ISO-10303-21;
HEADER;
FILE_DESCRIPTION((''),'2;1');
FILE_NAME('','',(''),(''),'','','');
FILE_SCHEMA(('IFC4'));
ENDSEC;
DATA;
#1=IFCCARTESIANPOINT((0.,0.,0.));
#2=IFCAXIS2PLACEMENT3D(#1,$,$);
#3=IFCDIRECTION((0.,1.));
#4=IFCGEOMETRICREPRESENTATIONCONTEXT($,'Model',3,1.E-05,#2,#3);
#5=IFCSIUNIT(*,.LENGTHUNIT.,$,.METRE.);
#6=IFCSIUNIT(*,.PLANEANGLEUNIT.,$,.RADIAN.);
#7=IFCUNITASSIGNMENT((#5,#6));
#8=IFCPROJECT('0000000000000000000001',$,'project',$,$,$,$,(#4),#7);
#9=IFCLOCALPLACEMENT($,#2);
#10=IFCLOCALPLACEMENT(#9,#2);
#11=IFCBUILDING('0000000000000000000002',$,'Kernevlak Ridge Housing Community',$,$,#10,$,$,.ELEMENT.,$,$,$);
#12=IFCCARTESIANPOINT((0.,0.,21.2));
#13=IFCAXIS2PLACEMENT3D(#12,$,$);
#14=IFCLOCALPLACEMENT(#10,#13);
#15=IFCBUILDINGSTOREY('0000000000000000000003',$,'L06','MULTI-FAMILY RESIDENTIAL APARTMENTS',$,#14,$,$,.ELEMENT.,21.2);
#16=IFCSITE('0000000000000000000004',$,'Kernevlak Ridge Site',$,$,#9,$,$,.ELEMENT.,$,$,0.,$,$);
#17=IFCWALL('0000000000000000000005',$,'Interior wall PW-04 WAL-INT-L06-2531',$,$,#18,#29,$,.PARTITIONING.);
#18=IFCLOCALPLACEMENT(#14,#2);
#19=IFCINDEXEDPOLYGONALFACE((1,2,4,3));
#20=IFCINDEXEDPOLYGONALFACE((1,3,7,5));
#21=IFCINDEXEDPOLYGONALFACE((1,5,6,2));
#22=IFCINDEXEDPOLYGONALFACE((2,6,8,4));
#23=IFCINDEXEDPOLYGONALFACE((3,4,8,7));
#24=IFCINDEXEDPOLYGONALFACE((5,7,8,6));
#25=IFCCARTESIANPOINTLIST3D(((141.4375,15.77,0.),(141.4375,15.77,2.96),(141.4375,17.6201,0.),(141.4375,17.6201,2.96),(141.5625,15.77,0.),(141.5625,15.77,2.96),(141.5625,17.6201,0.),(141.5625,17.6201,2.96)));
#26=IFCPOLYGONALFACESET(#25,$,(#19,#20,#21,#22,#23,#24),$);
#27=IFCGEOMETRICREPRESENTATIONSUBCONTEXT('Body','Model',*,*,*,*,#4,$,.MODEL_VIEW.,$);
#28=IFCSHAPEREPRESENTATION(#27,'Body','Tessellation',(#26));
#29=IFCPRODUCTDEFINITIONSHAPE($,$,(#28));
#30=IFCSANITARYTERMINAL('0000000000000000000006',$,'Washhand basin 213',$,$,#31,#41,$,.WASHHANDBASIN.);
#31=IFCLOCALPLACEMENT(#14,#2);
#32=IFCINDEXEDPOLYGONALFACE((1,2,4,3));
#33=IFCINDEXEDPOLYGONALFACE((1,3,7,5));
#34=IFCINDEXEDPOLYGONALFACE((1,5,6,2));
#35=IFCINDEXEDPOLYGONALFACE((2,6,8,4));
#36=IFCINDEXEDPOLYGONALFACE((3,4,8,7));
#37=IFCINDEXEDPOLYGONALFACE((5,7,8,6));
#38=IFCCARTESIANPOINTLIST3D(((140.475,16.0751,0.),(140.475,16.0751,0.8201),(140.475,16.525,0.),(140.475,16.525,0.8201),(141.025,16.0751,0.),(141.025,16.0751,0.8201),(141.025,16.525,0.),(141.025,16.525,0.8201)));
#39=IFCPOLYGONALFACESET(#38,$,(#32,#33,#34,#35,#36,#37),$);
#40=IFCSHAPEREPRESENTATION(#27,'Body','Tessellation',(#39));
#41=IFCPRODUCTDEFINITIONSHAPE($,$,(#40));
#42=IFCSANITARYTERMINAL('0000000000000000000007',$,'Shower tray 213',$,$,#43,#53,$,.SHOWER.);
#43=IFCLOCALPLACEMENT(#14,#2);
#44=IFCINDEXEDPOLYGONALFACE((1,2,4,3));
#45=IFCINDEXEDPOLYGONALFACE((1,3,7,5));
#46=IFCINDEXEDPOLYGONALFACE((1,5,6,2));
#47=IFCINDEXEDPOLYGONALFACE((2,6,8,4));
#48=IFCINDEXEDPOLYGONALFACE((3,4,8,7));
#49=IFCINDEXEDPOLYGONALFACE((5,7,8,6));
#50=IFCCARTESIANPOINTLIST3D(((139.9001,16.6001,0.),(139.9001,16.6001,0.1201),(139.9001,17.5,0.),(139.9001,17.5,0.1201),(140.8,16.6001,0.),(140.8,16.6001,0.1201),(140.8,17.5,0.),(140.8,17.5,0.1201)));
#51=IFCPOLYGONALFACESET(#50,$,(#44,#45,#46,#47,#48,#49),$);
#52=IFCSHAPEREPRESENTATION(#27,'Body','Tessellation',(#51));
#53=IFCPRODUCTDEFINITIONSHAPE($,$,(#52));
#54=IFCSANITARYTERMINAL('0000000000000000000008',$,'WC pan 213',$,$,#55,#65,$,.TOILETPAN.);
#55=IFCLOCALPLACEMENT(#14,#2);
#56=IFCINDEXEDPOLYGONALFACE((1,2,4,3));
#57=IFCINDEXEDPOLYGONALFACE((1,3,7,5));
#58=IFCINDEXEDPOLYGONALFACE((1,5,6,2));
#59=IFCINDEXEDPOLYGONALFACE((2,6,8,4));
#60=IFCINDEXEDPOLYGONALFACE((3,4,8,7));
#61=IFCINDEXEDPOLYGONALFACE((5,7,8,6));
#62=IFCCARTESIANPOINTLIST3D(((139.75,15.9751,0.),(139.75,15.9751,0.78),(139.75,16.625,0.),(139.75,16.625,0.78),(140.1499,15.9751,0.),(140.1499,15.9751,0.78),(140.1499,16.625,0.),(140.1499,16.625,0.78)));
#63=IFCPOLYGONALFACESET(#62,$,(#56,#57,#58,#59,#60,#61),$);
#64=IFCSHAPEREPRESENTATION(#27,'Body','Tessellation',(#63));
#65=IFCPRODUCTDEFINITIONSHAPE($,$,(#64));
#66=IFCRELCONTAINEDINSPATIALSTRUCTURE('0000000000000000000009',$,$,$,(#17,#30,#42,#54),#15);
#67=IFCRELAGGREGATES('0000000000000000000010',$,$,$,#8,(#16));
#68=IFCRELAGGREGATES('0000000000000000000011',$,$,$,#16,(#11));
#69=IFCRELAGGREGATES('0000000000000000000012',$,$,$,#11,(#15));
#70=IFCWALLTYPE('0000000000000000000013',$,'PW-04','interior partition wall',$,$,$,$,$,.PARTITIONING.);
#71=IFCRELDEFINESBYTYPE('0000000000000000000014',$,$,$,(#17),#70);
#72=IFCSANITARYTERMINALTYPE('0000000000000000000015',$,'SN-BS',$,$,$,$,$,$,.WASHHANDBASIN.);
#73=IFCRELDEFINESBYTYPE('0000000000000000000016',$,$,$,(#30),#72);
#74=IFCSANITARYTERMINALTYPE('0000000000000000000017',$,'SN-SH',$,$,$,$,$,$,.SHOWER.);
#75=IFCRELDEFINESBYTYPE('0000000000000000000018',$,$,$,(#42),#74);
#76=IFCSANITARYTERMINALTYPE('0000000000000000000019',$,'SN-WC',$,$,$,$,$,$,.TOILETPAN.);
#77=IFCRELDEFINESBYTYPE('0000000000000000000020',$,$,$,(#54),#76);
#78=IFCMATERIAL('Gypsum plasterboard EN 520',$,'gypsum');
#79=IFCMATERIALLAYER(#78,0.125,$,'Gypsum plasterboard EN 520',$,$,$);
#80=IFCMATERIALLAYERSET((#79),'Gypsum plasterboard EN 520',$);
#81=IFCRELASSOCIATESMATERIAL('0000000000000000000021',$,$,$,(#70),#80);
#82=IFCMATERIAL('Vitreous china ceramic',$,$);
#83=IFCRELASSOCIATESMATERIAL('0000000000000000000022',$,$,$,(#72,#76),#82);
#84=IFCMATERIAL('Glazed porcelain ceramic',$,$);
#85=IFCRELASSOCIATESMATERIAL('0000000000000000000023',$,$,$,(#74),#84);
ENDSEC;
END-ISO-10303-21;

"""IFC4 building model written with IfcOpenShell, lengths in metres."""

from ifc_helpers import new_model, si_unit, direction, frame, frame_2d, origin, origin_2d, place, context, subcontext, project, spatial, rectangle, extrude, material, layer, layer_set, type_object, element, save


model = new_model("IFC4")

# Units and contexts
model_context = context("Model", 3, precision=1e-05, world=origin(), true_north=direction((0.0, 1.0)))
body_context = subcontext(model_context, "Body", "Model", "MODEL_VIEW")
ifc_project = project(units=[si_unit("LENGTHUNIT", "METRE"), si_unit("PLANEANGLEUNIT", "RADIAN")], contexts=[model_context])

# Site, building, storey
site_placement = place(None, origin())
site = spatial("IfcSite", under=ifc_project, at=site_placement, Name="Kernevlak Ridge Site", CompositionType="ELEMENT", RefElevation=0.0)
building_placement = place(site_placement, origin())
building = spatial("IfcBuilding", under=site, at=building_placement, Name="Kernevlak Ridge Housing Community", CompositionType="ELEMENT")
storey_placement = place(building_placement, frame((0.0, 0.0, 21.2)))
storey = spatial("IfcBuildingStorey", under=building, at=storey_placement, Name="L06", Description="MULTI-FAMILY RESIDENTIAL APARTMENTS", CompositionType="ELEMENT", Elevation=21.2)

# Shared definitions
ifc_material_1 = material(Name="Gypsum plasterboard EN 520", Category="gypsum")
ifc_layer_1 = layer(ifc_material_1, 0.125, Name="Gypsum plasterboard EN 520")
ifc_layer_set_1 = layer_set([ifc_layer_1], Name="Gypsum plasterboard EN 520")
wall_type_1 = type_object("IfcWallType", Name="PW-04", Description="interior partition wall", PredefinedType="PARTITIONING", material=ifc_layer_set_1)

# Wall
wall_1_placement = place(storey_placement, frame((141.5, 15.77, 0.0), z_axis=(0.0, 0.0, 1.0), x_axis=(0.0, 1.0, 0.0)))
element("IfcWall", 1, at=wall_1_placement, inside=storey, type_object=wall_type_1, Name="Interior wall PW-04 WAL-INT-L06-2531", PredefinedType="PARTITIONING", context=body_context, shape_type="SweptSolid", body=[
    extrude(rectangle(XDim=1.8501, YDim=0.125, at=frame_2d((0.925, 0.0))), origin(), (0.0, 0.0, 1.0), 2.96),
])

# Sanitary terminals
ifc_material_2 = material(Name="Vitreous china ceramic")
sanitary_terminal_type_1 = type_object("IfcSanitaryTerminalType", Name="SN-BS", PredefinedType="WASHHANDBASIN", material=ifc_material_2)
sanitary_terminal_1_placement = place(storey_placement, frame((140.75, 16.3, 0.0), z_axis=(0.0, 0.0, 1.0), x_axis=(1.0, 0.0, 0.0)))
element("IfcSanitaryTerminal", 2, at=sanitary_terminal_1_placement, inside=storey, type_object=sanitary_terminal_type_1, Name="Washhand basin 213", PredefinedType="WASHHANDBASIN", context=body_context, shape_type="SweptSolid", body=[
    extrude(rectangle(XDim=0.55, YDim=0.45, at=origin_2d()), origin(), (0.0, 0.0, 1.0), 0.8201),
])
ifc_material_3 = material(Name="Glazed porcelain ceramic")
sanitary_terminal_type_2 = type_object("IfcSanitaryTerminalType", Name="SN-SH", PredefinedType="SHOWER", material=ifc_material_3)
sanitary_terminal_2_placement = place(storey_placement, frame((140.3501, 17.05, 0.0), z_axis=(0.0, 0.0, 1.0), x_axis=(1.0, 0.0, 0.0)))
element("IfcSanitaryTerminal", 3, at=sanitary_terminal_2_placement, inside=storey, type_object=sanitary_terminal_type_2, Name="Shower tray 213", PredefinedType="SHOWER", context=body_context, shape_type="SweptSolid", body=[
    extrude(rectangle(XDim=0.8999, YDim=0.8999, at=origin_2d()), origin(), (0.0, 0.0, 1.0), 0.1201),
])
sanitary_terminal_type_3 = type_object("IfcSanitaryTerminalType", Name="SN-WC", PredefinedType="TOILETPAN", material=ifc_material_2)
sanitary_terminal_3_placement = place(storey_placement, frame((139.95, 16.3, 0.0), z_axis=(0.0, 0.0, 1.0), x_axis=(1.0, 0.0, 0.0)))
element("IfcSanitaryTerminal", 4, at=sanitary_terminal_3_placement, inside=storey, type_object=sanitary_terminal_type_3, Name="WC pan 213", PredefinedType="TOILETPAN", context=body_context, shape_type="SweptSolid", body=[
    extrude(rectangle(XDim=0.3999, YDim=0.6499, at=origin_2d()), origin(), (0.0, 0.0, 1.0), 0.78),
])

save(model, "model.ifc")
